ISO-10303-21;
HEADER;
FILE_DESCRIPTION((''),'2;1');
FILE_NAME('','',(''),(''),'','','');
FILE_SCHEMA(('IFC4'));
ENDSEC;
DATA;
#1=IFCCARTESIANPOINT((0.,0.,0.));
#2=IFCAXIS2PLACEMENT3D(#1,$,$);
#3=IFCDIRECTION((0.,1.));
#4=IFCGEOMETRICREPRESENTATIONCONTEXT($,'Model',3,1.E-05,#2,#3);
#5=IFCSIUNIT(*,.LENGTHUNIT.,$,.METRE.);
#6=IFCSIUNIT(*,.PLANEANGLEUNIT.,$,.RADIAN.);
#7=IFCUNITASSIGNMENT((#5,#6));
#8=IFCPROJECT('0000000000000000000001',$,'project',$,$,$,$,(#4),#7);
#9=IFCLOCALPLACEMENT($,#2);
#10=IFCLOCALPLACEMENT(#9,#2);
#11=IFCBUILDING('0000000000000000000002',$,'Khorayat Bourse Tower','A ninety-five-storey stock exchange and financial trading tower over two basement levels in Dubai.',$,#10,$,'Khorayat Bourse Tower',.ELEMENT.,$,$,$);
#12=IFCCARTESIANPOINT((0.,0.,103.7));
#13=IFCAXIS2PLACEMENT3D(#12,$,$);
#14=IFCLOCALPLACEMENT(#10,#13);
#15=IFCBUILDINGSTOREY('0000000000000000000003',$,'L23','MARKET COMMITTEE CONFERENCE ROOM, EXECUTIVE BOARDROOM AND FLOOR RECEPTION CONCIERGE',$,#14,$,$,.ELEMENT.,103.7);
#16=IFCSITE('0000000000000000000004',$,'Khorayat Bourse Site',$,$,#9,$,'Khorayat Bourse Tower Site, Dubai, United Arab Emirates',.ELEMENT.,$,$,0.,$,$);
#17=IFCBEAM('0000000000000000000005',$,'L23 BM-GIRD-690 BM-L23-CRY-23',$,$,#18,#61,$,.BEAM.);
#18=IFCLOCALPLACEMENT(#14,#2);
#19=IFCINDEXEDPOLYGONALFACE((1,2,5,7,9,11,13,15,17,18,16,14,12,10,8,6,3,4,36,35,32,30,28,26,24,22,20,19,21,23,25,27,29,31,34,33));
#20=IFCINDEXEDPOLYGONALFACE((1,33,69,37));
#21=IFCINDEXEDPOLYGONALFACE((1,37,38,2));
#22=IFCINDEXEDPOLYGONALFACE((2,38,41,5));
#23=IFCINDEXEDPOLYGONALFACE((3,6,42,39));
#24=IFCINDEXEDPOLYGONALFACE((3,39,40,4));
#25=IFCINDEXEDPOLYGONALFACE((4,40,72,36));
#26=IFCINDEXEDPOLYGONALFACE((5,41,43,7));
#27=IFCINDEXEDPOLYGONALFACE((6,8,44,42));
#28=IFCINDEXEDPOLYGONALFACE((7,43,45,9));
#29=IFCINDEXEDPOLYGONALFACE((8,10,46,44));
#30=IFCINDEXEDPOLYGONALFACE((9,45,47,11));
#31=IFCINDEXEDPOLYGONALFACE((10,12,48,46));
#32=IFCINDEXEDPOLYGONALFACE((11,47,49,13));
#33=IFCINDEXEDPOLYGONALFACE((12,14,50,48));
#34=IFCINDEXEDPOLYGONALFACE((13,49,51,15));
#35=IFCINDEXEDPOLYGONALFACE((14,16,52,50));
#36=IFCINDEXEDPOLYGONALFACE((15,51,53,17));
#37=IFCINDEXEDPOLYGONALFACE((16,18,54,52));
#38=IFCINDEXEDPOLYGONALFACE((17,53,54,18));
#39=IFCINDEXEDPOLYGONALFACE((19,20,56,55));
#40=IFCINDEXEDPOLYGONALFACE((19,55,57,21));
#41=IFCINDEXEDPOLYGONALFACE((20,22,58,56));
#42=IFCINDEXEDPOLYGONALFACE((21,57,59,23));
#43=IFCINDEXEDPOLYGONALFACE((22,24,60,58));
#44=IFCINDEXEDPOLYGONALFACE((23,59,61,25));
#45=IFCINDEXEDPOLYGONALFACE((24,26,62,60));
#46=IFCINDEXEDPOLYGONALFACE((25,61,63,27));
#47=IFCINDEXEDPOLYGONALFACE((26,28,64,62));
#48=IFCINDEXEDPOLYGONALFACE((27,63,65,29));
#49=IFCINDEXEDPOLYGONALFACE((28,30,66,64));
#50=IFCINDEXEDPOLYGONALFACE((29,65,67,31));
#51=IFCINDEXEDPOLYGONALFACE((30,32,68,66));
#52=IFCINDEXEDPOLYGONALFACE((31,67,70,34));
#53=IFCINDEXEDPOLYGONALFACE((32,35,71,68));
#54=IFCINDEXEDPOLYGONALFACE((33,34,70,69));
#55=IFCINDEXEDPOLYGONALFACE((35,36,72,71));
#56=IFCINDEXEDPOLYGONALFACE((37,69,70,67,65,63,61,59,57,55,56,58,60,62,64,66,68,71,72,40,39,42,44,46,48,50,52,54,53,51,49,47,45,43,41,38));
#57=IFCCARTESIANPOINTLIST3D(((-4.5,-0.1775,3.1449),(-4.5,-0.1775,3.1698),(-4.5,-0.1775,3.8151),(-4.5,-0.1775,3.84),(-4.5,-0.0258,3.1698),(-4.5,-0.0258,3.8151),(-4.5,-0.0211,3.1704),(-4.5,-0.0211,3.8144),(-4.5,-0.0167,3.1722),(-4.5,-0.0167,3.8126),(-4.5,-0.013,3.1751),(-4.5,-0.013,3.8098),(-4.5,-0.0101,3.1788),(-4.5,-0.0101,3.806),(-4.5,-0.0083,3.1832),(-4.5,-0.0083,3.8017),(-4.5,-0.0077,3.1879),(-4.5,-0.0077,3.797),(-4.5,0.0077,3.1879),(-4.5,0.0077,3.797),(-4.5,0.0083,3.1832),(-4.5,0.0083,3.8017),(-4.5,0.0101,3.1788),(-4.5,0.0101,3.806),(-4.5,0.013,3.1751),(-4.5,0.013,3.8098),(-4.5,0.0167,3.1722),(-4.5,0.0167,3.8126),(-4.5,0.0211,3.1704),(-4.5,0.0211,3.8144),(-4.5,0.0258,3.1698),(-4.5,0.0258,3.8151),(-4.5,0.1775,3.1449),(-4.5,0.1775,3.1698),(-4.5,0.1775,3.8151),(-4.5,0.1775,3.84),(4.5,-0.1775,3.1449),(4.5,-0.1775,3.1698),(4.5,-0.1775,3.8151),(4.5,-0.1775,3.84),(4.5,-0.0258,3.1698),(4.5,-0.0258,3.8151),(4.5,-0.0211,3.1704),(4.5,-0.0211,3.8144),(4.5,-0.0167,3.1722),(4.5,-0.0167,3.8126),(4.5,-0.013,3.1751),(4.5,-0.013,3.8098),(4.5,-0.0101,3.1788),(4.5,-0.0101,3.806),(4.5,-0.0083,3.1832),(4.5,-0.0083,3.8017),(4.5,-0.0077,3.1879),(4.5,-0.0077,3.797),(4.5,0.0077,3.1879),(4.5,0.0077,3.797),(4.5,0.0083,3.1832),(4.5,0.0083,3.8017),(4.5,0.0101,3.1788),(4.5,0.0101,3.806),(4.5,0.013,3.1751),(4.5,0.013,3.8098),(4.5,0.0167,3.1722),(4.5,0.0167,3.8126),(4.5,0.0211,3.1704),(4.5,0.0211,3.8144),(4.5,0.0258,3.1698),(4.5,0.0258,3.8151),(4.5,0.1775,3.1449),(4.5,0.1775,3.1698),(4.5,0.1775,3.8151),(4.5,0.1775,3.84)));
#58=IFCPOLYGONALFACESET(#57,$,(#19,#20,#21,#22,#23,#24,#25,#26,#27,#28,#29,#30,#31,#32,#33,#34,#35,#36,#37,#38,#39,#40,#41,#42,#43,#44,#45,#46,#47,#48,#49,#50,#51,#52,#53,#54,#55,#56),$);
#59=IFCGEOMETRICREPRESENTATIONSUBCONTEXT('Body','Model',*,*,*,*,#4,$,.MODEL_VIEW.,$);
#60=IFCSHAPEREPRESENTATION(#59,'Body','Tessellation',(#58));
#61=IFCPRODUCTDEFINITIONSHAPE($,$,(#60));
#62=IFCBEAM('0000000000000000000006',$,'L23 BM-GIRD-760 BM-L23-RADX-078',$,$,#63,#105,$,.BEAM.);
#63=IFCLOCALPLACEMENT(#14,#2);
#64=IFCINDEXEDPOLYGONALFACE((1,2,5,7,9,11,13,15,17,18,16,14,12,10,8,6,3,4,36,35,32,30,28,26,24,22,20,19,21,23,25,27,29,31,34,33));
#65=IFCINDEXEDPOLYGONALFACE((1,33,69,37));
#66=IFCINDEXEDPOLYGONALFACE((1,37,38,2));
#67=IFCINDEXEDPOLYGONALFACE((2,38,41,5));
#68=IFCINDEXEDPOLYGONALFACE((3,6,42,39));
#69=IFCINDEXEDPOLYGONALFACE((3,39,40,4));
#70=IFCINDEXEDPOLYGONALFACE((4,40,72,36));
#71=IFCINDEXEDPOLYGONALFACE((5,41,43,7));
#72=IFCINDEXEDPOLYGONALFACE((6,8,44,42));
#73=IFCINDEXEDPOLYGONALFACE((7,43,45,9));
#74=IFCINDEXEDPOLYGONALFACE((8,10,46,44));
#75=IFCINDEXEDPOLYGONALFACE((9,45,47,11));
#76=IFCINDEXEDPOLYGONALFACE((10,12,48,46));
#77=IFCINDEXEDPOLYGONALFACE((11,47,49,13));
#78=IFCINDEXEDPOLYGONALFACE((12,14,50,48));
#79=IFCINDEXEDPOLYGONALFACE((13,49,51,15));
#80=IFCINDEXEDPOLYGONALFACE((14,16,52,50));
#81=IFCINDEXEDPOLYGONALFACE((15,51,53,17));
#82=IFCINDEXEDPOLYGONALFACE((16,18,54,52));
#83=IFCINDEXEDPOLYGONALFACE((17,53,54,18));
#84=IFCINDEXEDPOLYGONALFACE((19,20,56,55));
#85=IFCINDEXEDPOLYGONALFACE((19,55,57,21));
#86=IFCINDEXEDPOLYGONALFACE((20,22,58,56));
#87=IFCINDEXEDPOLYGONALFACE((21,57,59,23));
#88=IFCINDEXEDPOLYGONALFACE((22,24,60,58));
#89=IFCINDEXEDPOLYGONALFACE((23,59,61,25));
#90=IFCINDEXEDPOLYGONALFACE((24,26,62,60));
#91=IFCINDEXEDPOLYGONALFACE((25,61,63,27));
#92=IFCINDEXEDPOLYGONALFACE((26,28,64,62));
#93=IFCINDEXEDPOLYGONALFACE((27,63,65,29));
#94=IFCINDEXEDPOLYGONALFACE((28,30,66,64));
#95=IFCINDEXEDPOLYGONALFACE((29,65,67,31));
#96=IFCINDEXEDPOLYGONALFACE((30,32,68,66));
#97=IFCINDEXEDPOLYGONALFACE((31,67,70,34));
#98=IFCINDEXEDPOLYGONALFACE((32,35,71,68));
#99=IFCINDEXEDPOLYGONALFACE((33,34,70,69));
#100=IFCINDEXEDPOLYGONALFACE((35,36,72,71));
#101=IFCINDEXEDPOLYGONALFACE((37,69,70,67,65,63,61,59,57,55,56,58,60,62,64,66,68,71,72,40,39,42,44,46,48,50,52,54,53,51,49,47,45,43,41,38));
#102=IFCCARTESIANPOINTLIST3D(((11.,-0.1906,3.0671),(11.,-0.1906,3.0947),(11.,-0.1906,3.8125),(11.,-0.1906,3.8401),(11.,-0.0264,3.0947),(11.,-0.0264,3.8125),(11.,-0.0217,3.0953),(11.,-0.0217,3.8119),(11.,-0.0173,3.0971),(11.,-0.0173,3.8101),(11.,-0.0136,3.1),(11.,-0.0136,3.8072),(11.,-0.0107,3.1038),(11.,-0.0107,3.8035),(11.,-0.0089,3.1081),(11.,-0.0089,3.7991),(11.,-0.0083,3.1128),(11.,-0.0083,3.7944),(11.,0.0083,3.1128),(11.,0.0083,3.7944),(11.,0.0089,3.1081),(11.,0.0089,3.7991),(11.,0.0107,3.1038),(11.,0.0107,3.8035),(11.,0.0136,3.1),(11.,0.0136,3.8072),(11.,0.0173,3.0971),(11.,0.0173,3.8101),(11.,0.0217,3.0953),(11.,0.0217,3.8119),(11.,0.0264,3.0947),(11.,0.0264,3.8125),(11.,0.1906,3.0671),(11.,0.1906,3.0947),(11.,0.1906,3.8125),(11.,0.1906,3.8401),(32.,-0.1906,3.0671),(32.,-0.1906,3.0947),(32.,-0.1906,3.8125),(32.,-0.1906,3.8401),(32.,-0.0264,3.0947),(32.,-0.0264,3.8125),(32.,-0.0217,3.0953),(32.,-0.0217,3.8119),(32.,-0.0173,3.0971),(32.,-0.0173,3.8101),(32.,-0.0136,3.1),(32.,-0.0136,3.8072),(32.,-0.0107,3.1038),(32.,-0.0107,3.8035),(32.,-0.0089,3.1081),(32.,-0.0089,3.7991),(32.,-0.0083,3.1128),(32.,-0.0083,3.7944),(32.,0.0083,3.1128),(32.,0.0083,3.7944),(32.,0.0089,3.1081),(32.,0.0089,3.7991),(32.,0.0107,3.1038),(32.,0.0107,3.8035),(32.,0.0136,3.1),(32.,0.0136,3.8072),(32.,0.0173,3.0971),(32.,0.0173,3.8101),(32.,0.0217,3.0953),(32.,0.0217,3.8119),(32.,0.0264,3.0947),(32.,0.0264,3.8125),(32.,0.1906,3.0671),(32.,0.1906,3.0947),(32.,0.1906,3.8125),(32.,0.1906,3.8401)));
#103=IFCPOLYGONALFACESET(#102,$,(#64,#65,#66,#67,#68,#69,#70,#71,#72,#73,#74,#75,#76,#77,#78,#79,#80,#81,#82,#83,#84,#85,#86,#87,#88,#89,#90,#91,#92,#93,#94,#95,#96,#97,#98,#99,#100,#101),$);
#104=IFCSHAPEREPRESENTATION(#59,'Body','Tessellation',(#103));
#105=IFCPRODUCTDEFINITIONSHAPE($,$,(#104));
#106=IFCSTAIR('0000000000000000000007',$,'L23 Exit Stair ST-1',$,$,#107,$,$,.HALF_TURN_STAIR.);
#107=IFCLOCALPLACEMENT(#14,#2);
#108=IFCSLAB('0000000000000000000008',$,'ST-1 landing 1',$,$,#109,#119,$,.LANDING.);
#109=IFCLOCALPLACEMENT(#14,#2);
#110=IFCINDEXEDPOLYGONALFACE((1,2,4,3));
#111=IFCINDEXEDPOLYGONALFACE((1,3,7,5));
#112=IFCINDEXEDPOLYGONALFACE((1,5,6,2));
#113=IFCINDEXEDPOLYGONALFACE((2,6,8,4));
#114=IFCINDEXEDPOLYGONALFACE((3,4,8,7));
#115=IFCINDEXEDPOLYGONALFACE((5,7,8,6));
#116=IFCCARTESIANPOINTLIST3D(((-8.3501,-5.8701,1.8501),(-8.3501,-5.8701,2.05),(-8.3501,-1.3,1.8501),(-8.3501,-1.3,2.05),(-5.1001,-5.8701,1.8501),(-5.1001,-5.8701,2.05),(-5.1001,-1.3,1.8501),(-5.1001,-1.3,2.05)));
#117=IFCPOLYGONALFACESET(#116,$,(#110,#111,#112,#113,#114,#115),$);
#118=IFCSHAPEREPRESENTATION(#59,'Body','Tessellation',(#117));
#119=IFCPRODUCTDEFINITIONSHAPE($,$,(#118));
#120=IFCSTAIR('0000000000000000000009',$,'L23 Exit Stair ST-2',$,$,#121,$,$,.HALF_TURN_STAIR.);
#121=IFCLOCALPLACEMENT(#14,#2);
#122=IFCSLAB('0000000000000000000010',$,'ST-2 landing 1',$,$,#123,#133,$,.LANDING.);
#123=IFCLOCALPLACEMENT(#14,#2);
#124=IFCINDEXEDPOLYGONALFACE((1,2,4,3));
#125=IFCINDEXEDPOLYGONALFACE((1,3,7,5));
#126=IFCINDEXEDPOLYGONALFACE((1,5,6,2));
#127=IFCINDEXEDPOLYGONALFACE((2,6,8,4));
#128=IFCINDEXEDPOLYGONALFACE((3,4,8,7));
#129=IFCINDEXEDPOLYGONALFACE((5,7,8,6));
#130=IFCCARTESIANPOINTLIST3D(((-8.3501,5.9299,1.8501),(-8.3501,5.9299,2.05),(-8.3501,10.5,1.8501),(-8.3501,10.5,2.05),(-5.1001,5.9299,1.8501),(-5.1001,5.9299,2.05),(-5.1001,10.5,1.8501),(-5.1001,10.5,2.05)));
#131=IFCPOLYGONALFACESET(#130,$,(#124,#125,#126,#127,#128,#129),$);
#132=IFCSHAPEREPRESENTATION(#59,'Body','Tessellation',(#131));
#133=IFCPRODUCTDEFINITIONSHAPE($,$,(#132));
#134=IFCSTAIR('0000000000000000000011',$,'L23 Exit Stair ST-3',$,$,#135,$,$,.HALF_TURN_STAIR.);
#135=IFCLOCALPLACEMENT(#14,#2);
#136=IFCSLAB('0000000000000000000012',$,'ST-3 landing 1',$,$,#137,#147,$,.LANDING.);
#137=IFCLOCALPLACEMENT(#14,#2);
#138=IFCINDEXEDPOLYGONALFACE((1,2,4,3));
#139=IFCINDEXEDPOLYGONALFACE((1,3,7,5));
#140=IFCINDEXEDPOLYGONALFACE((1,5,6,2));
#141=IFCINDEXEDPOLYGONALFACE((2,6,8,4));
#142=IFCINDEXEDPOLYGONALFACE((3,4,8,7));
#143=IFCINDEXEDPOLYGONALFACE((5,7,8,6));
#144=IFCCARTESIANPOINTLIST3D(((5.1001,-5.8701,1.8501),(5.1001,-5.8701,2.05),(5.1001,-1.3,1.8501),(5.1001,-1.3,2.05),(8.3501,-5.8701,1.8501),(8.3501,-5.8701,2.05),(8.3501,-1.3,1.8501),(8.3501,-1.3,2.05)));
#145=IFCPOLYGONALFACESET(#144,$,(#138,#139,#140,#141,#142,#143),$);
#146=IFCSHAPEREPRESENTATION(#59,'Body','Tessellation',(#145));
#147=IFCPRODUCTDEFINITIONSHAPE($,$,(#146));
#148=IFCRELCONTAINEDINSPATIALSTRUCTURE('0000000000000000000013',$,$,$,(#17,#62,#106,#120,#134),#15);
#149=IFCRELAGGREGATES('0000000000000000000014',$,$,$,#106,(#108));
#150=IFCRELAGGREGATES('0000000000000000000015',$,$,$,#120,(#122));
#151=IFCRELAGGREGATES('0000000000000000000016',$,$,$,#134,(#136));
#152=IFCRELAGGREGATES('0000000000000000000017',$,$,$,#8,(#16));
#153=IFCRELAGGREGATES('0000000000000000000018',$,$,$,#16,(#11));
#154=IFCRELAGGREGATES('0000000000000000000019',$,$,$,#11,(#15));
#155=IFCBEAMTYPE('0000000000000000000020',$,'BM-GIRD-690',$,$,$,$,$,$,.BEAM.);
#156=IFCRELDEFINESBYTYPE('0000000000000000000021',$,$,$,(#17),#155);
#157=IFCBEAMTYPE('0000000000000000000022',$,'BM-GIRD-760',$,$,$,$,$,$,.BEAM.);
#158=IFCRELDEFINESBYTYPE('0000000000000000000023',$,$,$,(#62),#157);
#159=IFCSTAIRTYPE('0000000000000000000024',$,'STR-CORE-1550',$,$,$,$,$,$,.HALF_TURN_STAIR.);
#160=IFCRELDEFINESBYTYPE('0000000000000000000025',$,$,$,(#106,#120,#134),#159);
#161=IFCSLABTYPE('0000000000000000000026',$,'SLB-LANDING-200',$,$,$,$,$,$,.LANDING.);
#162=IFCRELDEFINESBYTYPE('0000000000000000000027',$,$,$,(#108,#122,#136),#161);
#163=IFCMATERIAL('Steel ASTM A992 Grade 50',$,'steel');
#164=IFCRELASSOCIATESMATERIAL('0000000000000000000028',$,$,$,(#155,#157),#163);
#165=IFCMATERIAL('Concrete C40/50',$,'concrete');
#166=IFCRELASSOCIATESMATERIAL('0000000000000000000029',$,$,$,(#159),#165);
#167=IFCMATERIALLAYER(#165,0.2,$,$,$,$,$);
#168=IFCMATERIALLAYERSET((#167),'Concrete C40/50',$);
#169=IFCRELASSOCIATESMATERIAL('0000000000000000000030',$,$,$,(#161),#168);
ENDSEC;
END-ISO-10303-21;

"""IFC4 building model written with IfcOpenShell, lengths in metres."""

from ifc_helpers import new_model, si_unit, direction, frame, origin, origin_2d, place, context, subcontext, project, spatial, polyline, i_section, outline, extrude, source, transform, mapped, material, layer, layer_set, material_profile, profile_set, type_object, element, aggregate, save


model = new_model("IFC4")

# Units and contexts
model_context = context("Model", 3, precision=1e-05, world=origin(), true_north=direction((0.0, 1.0)))
body_context = subcontext(model_context, "Body", "Model", "MODEL_VIEW")
ifc_project = project(units=[si_unit("LENGTHUNIT", "METRE"), si_unit("PLANEANGLEUNIT", "RADIAN")], contexts=[model_context])

# Site, building, storey
site_placement = place(None, origin())
site = spatial("IfcSite", under=ifc_project, at=site_placement, Name="Khorayat Bourse Site", LongName="Khorayat Bourse Tower Site, Dubai, United Arab Emirates", CompositionType="ELEMENT", RefElevation=0.0)
building_placement = place(site_placement, origin())
building = spatial("IfcBuilding", under=site, at=building_placement, Name="Khorayat Bourse Tower", Description="A ninety-five-storey stock exchange and financial trading tower over two basement levels in Dubai.", LongName="Khorayat Bourse Tower", CompositionType="ELEMENT")
storey_placement = place(building_placement, frame((0.0, 0.0, 103.7)))
storey = spatial("IfcBuildingStorey", under=building, at=storey_placement, Name="L23", Description="MARKET COMMITTEE CONFERENCE ROOM, EXECUTIVE BOARDROOM AND FLOOR RECEPTION CONCIERGE", CompositionType="ELEMENT", Elevation=103.7)

# Beams
ifc_material_1 = material(Name="Steel ASTM A992 Grade 50", Category="steel")
ifc_material_profile_1 = material_profile(ifc_material_1, i_section(OverallWidth=0.355, OverallDepth=0.6951, WebThickness=0.0154, FlangeThickness=0.0249, FilletRadius=0.0181, at=origin_2d()), Name="W690X217")
ifc_profile_set_1 = profile_set([ifc_material_profile_1], Name="Steel ASTM A992 Grade 50")
beam_type_1 = type_object("IfcBeamType", Name="BM-GIRD-690", PredefinedType="BEAM", material=ifc_profile_set_1)
shared_shape_1 = source(origin(), body_context, "Body", "SweptSolid", [
    extrude(i_section(OverallWidth=0.355, OverallDepth=0.6951, WebThickness=0.0154, FlangeThickness=0.0249, FilletRadius=0.0181, at=origin_2d()), origin(), (0.0, 0.0, 1.0), 9.0),
])
beam_1_placement = place(storey_placement, frame((-4.5, 0.0, 3.4924), z_axis=(1.0, 0.0, 0.0), x_axis=(0.0, 1.0, 0.0)))
element("IfcBeam", 1, at=beam_1_placement, inside=storey, type_object=beam_type_1, Name="L23 BM-GIRD-690 BM-L23-CRY-23", PredefinedType="BEAM", context=body_context, shape_type="MappedRepresentation", body=[
    mapped(shared_shape_1, transform((0.0, 0.0, 0.0), scale=1.0)),
])
ifc_material_profile_2 = material_profile(ifc_material_1, i_section(OverallWidth=0.3811, OverallDepth=0.7729, WebThickness=0.0166, FlangeThickness=0.0276, FilletRadius=0.0181, at=origin_2d()), Name="W760X257")
ifc_profile_set_2 = profile_set([ifc_material_profile_2], Name="Steel ASTM A992 Grade 50")
beam_type_2 = type_object("IfcBeamType", Name="BM-GIRD-760", PredefinedType="BEAM", material=ifc_profile_set_2)
shared_shape_2 = source(origin(), body_context, "Body", "SweptSolid", [
    extrude(i_section(OverallWidth=0.3811, OverallDepth=0.7729, WebThickness=0.0166, FlangeThickness=0.0276, FilletRadius=0.0181, at=origin_2d()), origin(), (0.0, 0.0, 1.0), 21.0),
])
beam_2_placement = place(storey_placement, frame((11.0, 0.0, 3.4536), z_axis=(1.0, 0.0, 0.0), x_axis=(0.0, 1.0, 0.0)))
element("IfcBeam", 2, at=beam_2_placement, inside=storey, type_object=beam_type_2, Name="L23 BM-GIRD-760 BM-L23-RADX-078", PredefinedType="BEAM", context=body_context, shape_type="MappedRepresentation", body=[
    mapped(shared_shape_2, transform((0.0, 0.0, 0.0), scale=1.0)),
])

# Stairs, slabs
ifc_material_2 = material(Name="Concrete C40/50", Category="concrete")
stair_type = type_object("IfcStairType", Name="STR-CORE-1550", PredefinedType="HALF_TURN_STAIR", material=ifc_material_2)
stair_1_placement = place(storey_placement, origin())
stair_1 = element("IfcStair", 3, at=stair_1_placement, inside=storey, type_object=stair_type, Name="L23 Exit Stair ST-1", PredefinedType="HALF_TURN_STAIR")
ifc_layer_1 = layer(ifc_material_2, 0.2)
ifc_layer_set_1 = layer_set([ifc_layer_1], Name="Concrete C40/50")
slab_type_1 = type_object("IfcSlabType", Name="SLB-LANDING-200", PredefinedType="LANDING", material=ifc_layer_set_1)
slab_1_placement = place(storey_placement, frame((0.0, 0.0, 1.8501)))
slab_1 = element("IfcSlab", 4, at=slab_1_placement, type_object=slab_type_1, Name="ST-1 landing 1", PredefinedType="LANDING", context=body_context, shape_type="SweptSolid", body=[
    extrude(outline(polyline([(-5.1001, -5.8701), (-5.1001, -1.3), (-8.3501, -1.3), (-8.3501, -5.8701), (-5.1001, -5.8701)])), origin(), (0.0, 0.0, 1.0), 0.2),
])
aggregate(stair_1, [slab_1])
stair_2_placement = place(storey_placement, origin())
stair_2 = element("IfcStair", 5, at=stair_2_placement, inside=storey, type_object=stair_type, Name="L23 Exit Stair ST-2", PredefinedType="HALF_TURN_STAIR")
slab_2_placement = place(storey_placement, frame((0.0, 0.0, 1.8501)))
slab_2 = element("IfcSlab", 6, at=slab_2_placement, type_object=slab_type_1, Name="ST-2 landing 1", PredefinedType="LANDING", context=body_context, shape_type="SweptSolid", body=[
    extrude(outline(polyline([(-5.1001, 5.9299), (-5.1001, 10.5), (-8.3501, 10.5), (-8.3501, 5.9299), (-5.1001, 5.9299)])), origin(), (0.0, 0.0, 1.0), 0.2),
])
aggregate(stair_2, [slab_2])
stair_3_placement = place(storey_placement, origin())
stair_3 = element("IfcStair", 7, at=stair_3_placement, inside=storey, type_object=stair_type, Name="L23 Exit Stair ST-3", PredefinedType="HALF_TURN_STAIR")
slab_3_placement = place(storey_placement, frame((0.0, 0.0, 1.8501)))
slab_3 = element("IfcSlab", 8, at=slab_3_placement, type_object=slab_type_1, Name="ST-3 landing 1", PredefinedType="LANDING", context=body_context, shape_type="SweptSolid", body=[
    extrude(outline(polyline([(8.3501, -5.8701), (8.3501, -1.3), (5.1001, -1.3), (5.1001, -5.8701), (8.3501, -5.8701)])), origin(), (0.0, 0.0, 1.0), 0.2),
])
aggregate(stair_3, [slab_3])

save(model, "model.ifc")
